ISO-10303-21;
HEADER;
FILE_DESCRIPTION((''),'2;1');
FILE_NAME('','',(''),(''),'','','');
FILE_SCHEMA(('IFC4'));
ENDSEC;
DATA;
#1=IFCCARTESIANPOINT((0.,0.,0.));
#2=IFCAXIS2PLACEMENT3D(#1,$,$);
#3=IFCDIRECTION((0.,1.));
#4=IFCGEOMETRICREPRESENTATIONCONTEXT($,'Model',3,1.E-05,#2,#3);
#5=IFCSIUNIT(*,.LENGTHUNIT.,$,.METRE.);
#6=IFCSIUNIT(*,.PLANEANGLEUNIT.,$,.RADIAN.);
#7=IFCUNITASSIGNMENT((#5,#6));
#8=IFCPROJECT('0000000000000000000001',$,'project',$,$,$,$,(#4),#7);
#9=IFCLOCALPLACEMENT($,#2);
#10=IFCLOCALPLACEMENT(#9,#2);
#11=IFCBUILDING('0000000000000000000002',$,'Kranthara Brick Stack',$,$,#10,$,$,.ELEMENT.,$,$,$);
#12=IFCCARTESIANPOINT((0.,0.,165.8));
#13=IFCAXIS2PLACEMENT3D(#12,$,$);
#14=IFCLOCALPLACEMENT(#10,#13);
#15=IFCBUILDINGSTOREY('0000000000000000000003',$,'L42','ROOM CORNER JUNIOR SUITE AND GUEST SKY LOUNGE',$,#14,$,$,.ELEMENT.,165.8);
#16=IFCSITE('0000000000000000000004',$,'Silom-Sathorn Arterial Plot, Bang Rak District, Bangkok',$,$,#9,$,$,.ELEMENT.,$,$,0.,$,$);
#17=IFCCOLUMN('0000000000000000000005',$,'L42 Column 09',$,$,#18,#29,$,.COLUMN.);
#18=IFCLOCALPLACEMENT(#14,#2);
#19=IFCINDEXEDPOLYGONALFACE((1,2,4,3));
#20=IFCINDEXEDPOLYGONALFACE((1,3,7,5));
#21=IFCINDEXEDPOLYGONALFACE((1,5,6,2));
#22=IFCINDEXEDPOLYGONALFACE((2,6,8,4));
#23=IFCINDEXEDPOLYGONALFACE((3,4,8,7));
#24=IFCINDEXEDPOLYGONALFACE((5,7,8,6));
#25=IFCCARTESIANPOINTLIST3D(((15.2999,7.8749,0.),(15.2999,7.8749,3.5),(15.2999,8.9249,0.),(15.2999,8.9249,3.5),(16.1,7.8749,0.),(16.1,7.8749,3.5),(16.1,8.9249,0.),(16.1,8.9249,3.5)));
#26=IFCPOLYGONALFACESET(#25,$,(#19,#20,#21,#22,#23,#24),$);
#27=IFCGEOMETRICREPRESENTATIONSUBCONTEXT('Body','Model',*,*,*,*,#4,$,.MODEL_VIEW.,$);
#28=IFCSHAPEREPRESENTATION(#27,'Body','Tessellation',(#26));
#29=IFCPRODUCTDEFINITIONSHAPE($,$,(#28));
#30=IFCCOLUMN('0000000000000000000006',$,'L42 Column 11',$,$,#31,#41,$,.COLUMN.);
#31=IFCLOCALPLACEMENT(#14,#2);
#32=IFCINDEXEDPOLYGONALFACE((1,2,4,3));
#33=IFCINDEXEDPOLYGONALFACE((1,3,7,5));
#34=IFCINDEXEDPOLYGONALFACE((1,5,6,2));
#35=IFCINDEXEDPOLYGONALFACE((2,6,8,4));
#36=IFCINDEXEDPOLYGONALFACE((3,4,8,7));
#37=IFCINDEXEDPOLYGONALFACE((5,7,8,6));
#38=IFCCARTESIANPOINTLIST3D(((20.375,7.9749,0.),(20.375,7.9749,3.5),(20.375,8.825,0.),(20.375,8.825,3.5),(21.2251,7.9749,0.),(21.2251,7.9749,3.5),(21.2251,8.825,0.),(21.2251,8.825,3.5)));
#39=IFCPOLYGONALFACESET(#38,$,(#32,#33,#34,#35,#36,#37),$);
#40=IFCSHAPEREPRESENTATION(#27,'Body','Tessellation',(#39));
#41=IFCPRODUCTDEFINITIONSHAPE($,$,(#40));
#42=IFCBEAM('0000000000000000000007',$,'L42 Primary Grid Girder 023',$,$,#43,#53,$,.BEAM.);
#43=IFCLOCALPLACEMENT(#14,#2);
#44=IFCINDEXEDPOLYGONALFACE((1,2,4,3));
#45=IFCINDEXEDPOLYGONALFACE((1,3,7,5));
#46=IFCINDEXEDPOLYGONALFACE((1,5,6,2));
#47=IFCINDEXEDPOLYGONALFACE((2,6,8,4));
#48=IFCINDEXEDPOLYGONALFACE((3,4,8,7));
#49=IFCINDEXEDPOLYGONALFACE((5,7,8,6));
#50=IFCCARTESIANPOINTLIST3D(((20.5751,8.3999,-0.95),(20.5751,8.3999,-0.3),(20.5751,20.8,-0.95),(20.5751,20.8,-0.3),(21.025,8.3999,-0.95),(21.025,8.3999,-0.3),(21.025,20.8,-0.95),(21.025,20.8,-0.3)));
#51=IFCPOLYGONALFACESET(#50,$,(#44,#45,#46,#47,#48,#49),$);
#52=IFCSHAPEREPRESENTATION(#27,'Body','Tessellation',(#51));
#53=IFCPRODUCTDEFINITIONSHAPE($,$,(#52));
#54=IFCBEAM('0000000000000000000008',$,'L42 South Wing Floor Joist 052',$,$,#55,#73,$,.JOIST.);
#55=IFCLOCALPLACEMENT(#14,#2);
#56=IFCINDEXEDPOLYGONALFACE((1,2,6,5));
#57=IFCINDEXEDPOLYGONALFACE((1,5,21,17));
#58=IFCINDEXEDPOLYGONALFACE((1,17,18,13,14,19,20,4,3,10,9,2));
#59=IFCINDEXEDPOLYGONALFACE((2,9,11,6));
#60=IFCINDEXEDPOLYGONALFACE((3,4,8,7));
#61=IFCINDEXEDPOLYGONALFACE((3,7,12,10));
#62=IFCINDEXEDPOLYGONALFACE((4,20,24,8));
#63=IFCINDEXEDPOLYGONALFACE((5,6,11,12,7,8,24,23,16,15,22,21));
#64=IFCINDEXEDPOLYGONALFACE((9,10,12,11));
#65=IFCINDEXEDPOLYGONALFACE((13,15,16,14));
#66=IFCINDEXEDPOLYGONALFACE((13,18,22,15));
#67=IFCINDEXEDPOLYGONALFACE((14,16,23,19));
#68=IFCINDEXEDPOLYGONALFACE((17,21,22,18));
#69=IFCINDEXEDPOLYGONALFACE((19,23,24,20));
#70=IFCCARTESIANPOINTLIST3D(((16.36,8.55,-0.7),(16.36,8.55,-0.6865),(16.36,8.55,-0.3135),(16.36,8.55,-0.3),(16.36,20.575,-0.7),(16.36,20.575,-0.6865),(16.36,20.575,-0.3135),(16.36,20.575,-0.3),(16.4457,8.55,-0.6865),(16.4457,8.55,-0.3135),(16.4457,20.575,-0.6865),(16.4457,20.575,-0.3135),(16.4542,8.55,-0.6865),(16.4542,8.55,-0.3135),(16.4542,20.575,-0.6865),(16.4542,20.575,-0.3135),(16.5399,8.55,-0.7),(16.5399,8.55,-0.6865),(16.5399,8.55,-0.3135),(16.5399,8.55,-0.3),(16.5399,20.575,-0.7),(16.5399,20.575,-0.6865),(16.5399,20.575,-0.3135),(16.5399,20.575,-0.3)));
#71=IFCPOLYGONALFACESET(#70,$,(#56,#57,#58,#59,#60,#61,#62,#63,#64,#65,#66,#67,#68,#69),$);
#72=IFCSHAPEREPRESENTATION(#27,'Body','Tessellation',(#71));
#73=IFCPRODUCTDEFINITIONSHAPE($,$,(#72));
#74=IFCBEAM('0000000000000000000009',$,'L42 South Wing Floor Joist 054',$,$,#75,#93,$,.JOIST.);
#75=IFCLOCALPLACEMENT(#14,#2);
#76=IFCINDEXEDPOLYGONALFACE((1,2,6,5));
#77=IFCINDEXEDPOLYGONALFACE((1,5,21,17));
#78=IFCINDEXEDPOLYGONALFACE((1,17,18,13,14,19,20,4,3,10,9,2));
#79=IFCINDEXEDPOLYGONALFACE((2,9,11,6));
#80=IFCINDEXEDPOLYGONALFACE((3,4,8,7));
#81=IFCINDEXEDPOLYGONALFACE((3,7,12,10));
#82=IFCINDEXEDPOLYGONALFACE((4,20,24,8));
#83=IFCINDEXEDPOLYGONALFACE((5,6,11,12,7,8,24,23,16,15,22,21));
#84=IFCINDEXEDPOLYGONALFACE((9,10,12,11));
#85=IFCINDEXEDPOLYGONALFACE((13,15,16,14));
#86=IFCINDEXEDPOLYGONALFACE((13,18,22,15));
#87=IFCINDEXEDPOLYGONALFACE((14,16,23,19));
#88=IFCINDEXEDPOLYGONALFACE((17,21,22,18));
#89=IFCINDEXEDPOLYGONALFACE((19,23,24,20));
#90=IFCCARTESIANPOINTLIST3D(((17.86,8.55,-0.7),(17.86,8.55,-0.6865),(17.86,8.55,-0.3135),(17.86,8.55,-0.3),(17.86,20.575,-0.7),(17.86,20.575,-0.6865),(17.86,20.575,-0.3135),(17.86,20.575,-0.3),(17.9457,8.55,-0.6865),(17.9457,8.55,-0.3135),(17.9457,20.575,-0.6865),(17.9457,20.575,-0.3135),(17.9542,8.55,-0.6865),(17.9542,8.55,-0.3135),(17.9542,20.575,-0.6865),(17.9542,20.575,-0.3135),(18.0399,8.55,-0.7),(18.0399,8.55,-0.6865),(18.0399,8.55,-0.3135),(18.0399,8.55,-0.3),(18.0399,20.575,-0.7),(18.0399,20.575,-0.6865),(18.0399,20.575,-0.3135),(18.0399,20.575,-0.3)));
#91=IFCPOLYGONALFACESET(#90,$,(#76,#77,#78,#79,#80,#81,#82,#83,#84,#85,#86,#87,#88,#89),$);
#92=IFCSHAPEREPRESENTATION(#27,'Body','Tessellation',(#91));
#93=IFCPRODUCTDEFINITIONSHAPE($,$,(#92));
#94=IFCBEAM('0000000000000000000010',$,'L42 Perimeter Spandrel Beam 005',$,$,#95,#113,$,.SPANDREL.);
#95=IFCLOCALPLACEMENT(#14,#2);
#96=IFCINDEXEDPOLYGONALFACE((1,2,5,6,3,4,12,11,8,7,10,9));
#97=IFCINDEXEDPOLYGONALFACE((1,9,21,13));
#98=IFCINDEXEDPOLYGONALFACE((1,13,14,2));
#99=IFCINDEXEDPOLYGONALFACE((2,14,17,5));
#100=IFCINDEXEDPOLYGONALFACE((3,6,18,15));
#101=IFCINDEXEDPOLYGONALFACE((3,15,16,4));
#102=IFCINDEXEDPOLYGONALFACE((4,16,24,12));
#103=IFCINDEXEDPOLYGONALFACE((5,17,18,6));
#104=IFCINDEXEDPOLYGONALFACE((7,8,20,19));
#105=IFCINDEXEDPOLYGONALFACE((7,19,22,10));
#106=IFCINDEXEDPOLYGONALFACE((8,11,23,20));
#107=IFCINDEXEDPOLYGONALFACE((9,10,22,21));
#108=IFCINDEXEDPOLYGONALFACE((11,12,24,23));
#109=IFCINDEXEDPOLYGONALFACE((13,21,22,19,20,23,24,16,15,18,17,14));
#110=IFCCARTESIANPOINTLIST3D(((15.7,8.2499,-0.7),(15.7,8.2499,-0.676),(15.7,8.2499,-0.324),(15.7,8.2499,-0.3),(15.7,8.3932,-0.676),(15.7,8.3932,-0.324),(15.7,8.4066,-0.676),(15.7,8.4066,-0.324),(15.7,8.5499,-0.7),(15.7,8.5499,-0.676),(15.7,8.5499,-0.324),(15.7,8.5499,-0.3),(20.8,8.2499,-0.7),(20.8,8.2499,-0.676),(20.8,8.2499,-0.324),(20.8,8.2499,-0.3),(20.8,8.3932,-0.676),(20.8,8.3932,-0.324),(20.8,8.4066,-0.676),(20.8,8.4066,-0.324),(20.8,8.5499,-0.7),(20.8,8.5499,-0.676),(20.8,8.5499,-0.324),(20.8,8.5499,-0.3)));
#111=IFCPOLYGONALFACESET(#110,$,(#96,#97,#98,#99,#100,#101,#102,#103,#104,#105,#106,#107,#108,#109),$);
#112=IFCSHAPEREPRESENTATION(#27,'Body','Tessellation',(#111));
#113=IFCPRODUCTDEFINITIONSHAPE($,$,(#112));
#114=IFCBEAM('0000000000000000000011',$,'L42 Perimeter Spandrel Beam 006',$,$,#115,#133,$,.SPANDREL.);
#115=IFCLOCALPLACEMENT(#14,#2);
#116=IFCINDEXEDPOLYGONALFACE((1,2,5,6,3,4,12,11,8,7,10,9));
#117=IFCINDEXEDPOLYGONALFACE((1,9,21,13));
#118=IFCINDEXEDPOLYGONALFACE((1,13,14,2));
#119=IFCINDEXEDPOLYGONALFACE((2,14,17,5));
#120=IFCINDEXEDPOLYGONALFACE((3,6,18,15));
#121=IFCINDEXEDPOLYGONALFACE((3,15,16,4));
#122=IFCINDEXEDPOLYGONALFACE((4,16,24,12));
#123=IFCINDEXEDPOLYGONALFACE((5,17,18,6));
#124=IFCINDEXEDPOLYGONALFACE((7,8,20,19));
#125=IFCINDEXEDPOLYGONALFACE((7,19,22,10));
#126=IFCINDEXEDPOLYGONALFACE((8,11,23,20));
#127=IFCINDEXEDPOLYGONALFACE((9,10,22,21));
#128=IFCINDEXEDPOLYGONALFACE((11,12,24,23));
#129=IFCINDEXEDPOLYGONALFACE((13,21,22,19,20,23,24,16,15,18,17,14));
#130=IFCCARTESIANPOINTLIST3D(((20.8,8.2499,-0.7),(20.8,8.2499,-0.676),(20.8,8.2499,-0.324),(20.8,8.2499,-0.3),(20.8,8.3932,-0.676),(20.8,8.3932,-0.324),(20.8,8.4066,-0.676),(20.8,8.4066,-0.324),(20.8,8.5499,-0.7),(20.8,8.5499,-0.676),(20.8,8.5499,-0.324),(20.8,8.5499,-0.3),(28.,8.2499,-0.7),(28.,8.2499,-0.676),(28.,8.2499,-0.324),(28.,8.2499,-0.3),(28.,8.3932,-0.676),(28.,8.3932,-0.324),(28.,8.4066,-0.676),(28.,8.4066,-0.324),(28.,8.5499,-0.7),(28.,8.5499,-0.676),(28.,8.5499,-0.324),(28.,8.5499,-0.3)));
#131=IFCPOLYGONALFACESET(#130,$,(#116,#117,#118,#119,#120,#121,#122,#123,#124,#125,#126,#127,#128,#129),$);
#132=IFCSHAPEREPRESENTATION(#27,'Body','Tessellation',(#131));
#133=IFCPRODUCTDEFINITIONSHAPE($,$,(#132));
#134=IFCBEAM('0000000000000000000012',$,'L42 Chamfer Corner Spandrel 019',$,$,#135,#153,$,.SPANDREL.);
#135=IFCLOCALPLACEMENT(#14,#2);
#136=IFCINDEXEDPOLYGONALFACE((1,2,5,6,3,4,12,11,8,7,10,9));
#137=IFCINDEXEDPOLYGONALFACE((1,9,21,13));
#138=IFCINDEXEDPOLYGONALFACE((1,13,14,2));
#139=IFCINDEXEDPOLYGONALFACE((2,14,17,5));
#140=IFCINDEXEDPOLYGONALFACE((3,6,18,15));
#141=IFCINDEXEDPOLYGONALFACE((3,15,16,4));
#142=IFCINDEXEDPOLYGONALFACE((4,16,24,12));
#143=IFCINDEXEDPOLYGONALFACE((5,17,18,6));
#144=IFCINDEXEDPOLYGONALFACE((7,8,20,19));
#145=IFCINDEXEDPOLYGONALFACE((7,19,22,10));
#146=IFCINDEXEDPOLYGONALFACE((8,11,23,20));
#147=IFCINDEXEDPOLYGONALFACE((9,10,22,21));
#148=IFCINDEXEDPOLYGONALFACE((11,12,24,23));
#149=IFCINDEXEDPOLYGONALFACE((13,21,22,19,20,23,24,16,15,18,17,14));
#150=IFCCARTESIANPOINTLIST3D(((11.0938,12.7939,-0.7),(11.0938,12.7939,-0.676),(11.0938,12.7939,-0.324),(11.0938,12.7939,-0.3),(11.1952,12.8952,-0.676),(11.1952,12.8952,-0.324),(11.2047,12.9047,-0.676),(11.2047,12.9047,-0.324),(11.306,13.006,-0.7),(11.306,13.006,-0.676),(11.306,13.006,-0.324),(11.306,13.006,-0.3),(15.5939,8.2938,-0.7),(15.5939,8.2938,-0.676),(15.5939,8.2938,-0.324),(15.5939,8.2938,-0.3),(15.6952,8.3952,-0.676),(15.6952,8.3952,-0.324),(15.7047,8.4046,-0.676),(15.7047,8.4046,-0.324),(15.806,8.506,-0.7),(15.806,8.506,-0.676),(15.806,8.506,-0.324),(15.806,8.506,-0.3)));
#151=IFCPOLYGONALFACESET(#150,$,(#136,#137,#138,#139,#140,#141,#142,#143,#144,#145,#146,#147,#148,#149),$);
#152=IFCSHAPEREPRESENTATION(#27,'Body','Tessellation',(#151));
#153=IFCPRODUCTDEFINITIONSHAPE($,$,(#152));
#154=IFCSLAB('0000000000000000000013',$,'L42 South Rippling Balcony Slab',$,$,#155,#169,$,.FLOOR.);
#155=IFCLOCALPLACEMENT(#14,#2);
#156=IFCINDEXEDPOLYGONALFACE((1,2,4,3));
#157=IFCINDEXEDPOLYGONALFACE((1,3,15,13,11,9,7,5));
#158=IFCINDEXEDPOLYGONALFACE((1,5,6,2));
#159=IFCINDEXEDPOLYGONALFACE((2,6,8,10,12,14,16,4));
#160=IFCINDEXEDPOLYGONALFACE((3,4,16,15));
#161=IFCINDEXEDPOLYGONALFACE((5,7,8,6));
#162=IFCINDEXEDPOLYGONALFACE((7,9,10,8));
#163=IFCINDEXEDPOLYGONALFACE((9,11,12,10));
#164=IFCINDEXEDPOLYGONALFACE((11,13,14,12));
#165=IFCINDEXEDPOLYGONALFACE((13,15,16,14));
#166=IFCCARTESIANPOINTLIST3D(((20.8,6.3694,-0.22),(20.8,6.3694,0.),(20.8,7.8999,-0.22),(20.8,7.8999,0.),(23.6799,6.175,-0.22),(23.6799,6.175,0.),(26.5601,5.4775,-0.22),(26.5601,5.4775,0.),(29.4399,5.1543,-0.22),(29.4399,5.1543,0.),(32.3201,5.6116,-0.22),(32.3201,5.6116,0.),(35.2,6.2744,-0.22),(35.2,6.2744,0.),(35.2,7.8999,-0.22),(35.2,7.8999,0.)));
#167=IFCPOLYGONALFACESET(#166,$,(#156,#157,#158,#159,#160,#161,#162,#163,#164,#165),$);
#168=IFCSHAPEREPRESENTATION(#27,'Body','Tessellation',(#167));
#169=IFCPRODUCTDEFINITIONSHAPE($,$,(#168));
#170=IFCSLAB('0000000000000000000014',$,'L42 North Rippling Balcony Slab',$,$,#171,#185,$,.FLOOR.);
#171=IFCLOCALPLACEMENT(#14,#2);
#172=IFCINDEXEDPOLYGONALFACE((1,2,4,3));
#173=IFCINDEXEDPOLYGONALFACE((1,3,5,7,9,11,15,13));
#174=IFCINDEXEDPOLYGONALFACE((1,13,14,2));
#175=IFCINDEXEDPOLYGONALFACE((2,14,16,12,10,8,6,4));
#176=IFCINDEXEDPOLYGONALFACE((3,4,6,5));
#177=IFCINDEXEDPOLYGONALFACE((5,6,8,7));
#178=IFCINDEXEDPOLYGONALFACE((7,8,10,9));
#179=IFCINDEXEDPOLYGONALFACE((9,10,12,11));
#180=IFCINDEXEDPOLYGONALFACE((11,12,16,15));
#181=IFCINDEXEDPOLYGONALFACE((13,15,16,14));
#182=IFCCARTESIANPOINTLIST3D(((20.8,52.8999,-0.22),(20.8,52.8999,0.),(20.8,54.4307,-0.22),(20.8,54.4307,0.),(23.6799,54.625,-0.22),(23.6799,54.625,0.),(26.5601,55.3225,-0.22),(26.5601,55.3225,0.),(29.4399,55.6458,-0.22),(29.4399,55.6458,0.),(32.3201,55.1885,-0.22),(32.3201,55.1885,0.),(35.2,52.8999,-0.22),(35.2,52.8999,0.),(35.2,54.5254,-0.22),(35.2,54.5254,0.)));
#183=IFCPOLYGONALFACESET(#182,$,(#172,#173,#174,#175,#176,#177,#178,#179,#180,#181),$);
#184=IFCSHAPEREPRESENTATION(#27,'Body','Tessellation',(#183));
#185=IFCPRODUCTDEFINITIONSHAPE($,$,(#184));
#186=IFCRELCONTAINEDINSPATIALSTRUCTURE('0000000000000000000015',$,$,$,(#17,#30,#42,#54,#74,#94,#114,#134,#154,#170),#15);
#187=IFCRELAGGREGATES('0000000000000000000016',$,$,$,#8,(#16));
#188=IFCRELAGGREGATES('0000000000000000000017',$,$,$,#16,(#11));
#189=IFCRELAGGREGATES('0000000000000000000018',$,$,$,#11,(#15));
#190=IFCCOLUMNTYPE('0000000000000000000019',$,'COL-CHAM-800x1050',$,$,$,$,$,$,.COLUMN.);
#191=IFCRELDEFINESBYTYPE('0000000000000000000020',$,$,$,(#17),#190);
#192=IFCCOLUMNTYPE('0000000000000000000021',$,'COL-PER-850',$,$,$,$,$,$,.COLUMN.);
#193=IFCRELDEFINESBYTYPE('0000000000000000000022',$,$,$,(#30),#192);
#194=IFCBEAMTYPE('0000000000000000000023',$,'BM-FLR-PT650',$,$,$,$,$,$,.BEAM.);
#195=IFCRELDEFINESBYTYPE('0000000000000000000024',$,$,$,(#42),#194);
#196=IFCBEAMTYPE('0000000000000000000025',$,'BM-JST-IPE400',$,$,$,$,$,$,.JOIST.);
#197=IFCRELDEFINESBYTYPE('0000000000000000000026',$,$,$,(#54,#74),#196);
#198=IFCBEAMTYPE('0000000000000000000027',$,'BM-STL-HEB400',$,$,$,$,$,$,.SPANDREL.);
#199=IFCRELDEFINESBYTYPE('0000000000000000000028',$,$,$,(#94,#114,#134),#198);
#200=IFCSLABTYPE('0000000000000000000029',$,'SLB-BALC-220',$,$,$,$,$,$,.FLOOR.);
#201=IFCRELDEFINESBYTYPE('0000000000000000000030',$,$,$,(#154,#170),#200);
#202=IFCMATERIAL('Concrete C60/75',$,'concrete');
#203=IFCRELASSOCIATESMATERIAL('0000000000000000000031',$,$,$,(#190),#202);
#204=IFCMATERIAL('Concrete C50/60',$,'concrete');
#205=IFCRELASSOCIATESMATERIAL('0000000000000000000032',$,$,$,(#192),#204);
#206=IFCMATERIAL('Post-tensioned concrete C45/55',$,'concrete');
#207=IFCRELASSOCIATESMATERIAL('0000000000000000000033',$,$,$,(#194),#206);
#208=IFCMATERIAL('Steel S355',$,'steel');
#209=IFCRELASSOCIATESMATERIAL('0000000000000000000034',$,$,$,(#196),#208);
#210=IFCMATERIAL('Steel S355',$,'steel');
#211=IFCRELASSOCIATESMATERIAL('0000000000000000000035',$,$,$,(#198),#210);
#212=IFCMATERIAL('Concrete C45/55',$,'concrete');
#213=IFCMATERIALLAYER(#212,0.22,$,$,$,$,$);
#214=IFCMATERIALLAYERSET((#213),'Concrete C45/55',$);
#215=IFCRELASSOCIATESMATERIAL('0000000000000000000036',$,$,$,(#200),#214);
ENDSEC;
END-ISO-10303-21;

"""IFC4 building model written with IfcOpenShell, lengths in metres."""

from ifc_helpers import new_model, si_unit, direction, frame, origin, origin_2d, place, context, subcontext, project, spatial, polyline, rectangle, i_section, outline, extrude, material, layer, layer_set, material_profile, profile_set, type_object, element, save


model = new_model("IFC4")

# Units and contexts
model_context = context("Model", 3, precision=1e-05, world=origin(), true_north=direction((0.0, 1.0)))
body_context = subcontext(model_context, "Body", "Model", "MODEL_VIEW")
ifc_project = project(units=[si_unit("LENGTHUNIT", "METRE"), si_unit("PLANEANGLEUNIT", "RADIAN")], contexts=[model_context])

# Site, building, storey
site_placement = place(None, origin())
site = spatial("IfcSite", under=ifc_project, at=site_placement, Name="Silom-Sathorn Arterial Plot, Bang Rak District, Bangkok", CompositionType="ELEMENT", RefElevation=0.0)
building_placement = place(site_placement, origin())
building = spatial("IfcBuilding", under=site, at=building_placement, Name="Kranthara Brick Stack", CompositionType="ELEMENT")
storey_placement = place(building_placement, frame((0.0, 0.0, 165.8)))
storey = spatial("IfcBuildingStorey", under=building, at=storey_placement, Name="L42", Description="ROOM CORNER JUNIOR SUITE AND GUEST SKY LOUNGE", CompositionType="ELEMENT", Elevation=165.8)

# Columns
ifc_material_1 = material(Name="Concrete C60/75", Category="concrete")
ifc_material_profile_1 = material_profile(ifc_material_1, rectangle(XDim=0.8, YDim=1.05, at=origin_2d()), Name="RC 800x1050")
ifc_profile_set_1 = profile_set([ifc_material_profile_1], Name="Concrete C60/75")
column_type_1 = type_object("IfcColumnType", Name="COL-CHAM-800x1050", PredefinedType="COLUMN", material=ifc_profile_set_1)
column_1_placement = place(storey_placement, frame((15.7, 8.3999, 0.0), z_axis=(0.0, 0.0, 1.0), x_axis=(1.0, 0.0, 0.0)))
element("IfcColumn", 1, at=column_1_placement, inside=storey, type_object=column_type_1, Name="L42 Column 09", PredefinedType="COLUMN", context=body_context, shape_type="SweptSolid", body=[
    extrude(rectangle(XDim=0.8, YDim=1.05, at=origin_2d()), origin(), (0.0, 0.0, 1.0), 3.5),
])
ifc_material_2 = material(Name="Concrete C50/60", Category="concrete")
ifc_material_profile_2 = material_profile(ifc_material_2, rectangle(XDim=0.8501, YDim=0.8501, at=origin_2d()), Name="RC 850x850")
ifc_profile_set_2 = profile_set([ifc_material_profile_2], Name="Concrete C50/60")
column_type_2 = type_object("IfcColumnType", Name="COL-PER-850", PredefinedType="COLUMN", material=ifc_profile_set_2)
column_2_placement = place(storey_placement, frame((20.8, 8.3999, 0.0), z_axis=(0.0, 0.0, 1.0), x_axis=(1.0, 0.0, 0.0)))
element("IfcColumn", 2, at=column_2_placement, inside=storey, type_object=column_type_2, Name="L42 Column 11", PredefinedType="COLUMN", context=body_context, shape_type="SweptSolid", body=[
    extrude(rectangle(XDim=0.8501, YDim=0.8501, at=origin_2d()), origin(), (0.0, 0.0, 1.0), 3.5),
])

# Beams
ifc_material_3 = material(Name="Post-tensioned concrete C45/55", Category="concrete")
ifc_material_profile_3 = material_profile(ifc_material_3, rectangle(XDim=0.45, YDim=0.6499, at=origin_2d()), Name="PT 450x650")
ifc_profile_set_3 = profile_set([ifc_material_profile_3], Name="Post-tensioned concrete C45/55")
beam_type_1 = type_object("IfcBeamType", Name="BM-FLR-PT650", PredefinedType="BEAM", material=ifc_profile_set_3)
beam_1_placement = place(storey_placement, frame((20.8, 8.3999, -0.625), z_axis=(0.0, 1.0, 0.0), x_axis=(-1.0, 0.0, 0.0)))
element("IfcBeam", 3, at=beam_1_placement, inside=storey, type_object=beam_type_1, Name="L42 Primary Grid Girder 023", PredefinedType="BEAM", context=body_context, shape_type="SweptSolid", body=[
    extrude(rectangle(XDim=0.45, YDim=0.6499, at=origin_2d()), origin(), (0.0, 0.0, 1.0), 12.4001),
])
ifc_material_4 = material(Name="Steel S355", Category="steel")
ifc_material_profile_4 = material_profile(ifc_material_4, i_section(OverallWidth=0.1799, OverallDepth=0.3999, WebThickness=0.0085, FlangeThickness=0.0134, at=origin_2d()), Name="IPE 400")
ifc_profile_set_4 = profile_set([ifc_material_profile_4], Name="Steel S355")
beam_type_2 = type_object("IfcBeamType", Name="BM-JST-IPE400", PredefinedType="JOIST", material=ifc_profile_set_4)
for number, where, z_axis, x_axis, name in (
    (4, (16.45, 8.55, -0.5), (0.0, 1.0, 0.0), (-1.0, 0.0, 0.0), "L42 South Wing Floor Joist 052"),
    (5, (17.95, 8.55, -0.5), (0.0, 1.0, 0.0), (-1.0, 0.0, 0.0), "L42 South Wing Floor Joist 054"),
):
    element("IfcBeam", number, at=place(storey_placement, frame(where, z_axis=z_axis, x_axis=x_axis)), inside=storey, type_object=beam_type_2, Name=name, PredefinedType="JOIST", context=body_context, shape_type="SweptSolid", body=[
        extrude(i_section(OverallWidth=0.1799, OverallDepth=0.3999, WebThickness=0.0085, FlangeThickness=0.0134, at=origin_2d()), origin(), (0.0, 0.0, 1.0), 12.0249),
    ])
ifc_material_5 = material(Name="Steel S355", Category="steel")
ifc_material_profile_5 = material_profile(ifc_material_5, i_section(OverallWidth=0.3, OverallDepth=0.3999, WebThickness=0.0134, FlangeThickness=0.0239, at=origin_2d()), Name="HEB 400")
ifc_profile_set_5 = profile_set([ifc_material_profile_5], Name="Steel S355")
beam_type_3 = type_object("IfcBeamType", Name="BM-STL-HEB400", PredefinedType="SPANDREL", material=ifc_profile_set_5)
beam_2_placement = place(storey_placement, frame((15.7, 8.3999, -0.5), z_axis=(1.0, 0.0, 0.0), x_axis=(0.0, 1.0, 0.0)))
element("IfcBeam", 6, at=beam_2_placement, inside=storey, type_object=beam_type_3, Name="L42 Perimeter Spandrel Beam 005", PredefinedType="SPANDREL", context=body_context, shape_type="SweptSolid", body=[
    extrude(i_section(OverallWidth=0.3, OverallDepth=0.3999, WebThickness=0.0134, FlangeThickness=0.0239, at=origin_2d()), origin(), (0.0, 0.0, 1.0), 5.1001),
])
beam_3_placement = place(storey_placement, frame((20.8, 8.3999, -0.5), z_axis=(1.0, 0.0, 0.0), x_axis=(0.0, 1.0, 0.0)))
element("IfcBeam", 7, at=beam_3_placement, inside=storey, type_object=beam_type_3, Name="L42 Perimeter Spandrel Beam 006", PredefinedType="SPANDREL", context=body_context, shape_type="SweptSolid", body=[
    extrude(i_section(OverallWidth=0.3, OverallDepth=0.3999, WebThickness=0.0134, FlangeThickness=0.0239, at=origin_2d()), origin(), (0.0, 0.0, 1.0), 7.2),
])
beam_4_placement = place(storey_placement, frame((15.7, 8.3999, -0.5), z_axis=(-0.707107, 0.707107, 0.0), x_axis=(-0.707107, -0.707107, 0.0)))
element("IfcBeam", 8, at=beam_4_placement, inside=storey, type_object=beam_type_3, Name="L42 Chamfer Corner Spandrel 019", PredefinedType="SPANDREL", context=body_context, shape_type="SweptSolid", body=[
    extrude(i_section(OverallWidth=0.3, OverallDepth=0.3999, WebThickness=0.0134, FlangeThickness=0.0239, at=origin_2d()), origin(), (0.0, 0.0, 1.0), 6.364),
])

# Slabs
ifc_material_6 = material(Name="Concrete C45/55", Category="concrete")
ifc_layer_1 = layer(ifc_material_6, 0.22)
ifc_layer_set_1 = layer_set([ifc_layer_1], Name="Concrete C45/55")
slab_type_1 = type_object("IfcSlabType", Name="SLB-BALC-220", PredefinedType="FLOOR", material=ifc_layer_set_1)
slab_1_placement = place(storey_placement, frame((0.0, 0.0, -0.22)))
element("IfcSlab", 9, at=slab_1_placement, inside=storey, type_object=slab_type_1, Name="L42 South Rippling Balcony Slab", PredefinedType="FLOOR", context=body_context, shape_type="SweptSolid", body=[
    extrude(outline(polyline([(20.8, 7.8999), (35.2, 7.8999), (35.2, 6.2744), (32.3201, 5.6116), (29.4399, 5.1543), (26.5601, 5.4775), (23.6799, 6.175), (20.8, 6.3694), (20.8, 7.8999)])), origin(), (0.0, 0.0, 1.0), 0.22),
])
slab_2_placement = place(storey_placement, frame((0.0, 0.0, -0.22)))
element("IfcSlab", 10, at=slab_2_placement, inside=storey, type_object=slab_type_1, Name="L42 North Rippling Balcony Slab", PredefinedType="FLOOR", context=body_context, shape_type="SweptSolid", body=[
    extrude(outline(polyline([(35.2, 52.8999), (20.8, 52.8999), (20.8, 54.4307), (23.6799, 54.625), (26.5601, 55.3225), (29.4399, 55.6458), (32.3201, 55.1885), (35.2, 54.5254), (35.2, 52.8999)])), origin(), (0.0, 0.0, 1.0), 0.22),
])

save(model, "model.ifc")
